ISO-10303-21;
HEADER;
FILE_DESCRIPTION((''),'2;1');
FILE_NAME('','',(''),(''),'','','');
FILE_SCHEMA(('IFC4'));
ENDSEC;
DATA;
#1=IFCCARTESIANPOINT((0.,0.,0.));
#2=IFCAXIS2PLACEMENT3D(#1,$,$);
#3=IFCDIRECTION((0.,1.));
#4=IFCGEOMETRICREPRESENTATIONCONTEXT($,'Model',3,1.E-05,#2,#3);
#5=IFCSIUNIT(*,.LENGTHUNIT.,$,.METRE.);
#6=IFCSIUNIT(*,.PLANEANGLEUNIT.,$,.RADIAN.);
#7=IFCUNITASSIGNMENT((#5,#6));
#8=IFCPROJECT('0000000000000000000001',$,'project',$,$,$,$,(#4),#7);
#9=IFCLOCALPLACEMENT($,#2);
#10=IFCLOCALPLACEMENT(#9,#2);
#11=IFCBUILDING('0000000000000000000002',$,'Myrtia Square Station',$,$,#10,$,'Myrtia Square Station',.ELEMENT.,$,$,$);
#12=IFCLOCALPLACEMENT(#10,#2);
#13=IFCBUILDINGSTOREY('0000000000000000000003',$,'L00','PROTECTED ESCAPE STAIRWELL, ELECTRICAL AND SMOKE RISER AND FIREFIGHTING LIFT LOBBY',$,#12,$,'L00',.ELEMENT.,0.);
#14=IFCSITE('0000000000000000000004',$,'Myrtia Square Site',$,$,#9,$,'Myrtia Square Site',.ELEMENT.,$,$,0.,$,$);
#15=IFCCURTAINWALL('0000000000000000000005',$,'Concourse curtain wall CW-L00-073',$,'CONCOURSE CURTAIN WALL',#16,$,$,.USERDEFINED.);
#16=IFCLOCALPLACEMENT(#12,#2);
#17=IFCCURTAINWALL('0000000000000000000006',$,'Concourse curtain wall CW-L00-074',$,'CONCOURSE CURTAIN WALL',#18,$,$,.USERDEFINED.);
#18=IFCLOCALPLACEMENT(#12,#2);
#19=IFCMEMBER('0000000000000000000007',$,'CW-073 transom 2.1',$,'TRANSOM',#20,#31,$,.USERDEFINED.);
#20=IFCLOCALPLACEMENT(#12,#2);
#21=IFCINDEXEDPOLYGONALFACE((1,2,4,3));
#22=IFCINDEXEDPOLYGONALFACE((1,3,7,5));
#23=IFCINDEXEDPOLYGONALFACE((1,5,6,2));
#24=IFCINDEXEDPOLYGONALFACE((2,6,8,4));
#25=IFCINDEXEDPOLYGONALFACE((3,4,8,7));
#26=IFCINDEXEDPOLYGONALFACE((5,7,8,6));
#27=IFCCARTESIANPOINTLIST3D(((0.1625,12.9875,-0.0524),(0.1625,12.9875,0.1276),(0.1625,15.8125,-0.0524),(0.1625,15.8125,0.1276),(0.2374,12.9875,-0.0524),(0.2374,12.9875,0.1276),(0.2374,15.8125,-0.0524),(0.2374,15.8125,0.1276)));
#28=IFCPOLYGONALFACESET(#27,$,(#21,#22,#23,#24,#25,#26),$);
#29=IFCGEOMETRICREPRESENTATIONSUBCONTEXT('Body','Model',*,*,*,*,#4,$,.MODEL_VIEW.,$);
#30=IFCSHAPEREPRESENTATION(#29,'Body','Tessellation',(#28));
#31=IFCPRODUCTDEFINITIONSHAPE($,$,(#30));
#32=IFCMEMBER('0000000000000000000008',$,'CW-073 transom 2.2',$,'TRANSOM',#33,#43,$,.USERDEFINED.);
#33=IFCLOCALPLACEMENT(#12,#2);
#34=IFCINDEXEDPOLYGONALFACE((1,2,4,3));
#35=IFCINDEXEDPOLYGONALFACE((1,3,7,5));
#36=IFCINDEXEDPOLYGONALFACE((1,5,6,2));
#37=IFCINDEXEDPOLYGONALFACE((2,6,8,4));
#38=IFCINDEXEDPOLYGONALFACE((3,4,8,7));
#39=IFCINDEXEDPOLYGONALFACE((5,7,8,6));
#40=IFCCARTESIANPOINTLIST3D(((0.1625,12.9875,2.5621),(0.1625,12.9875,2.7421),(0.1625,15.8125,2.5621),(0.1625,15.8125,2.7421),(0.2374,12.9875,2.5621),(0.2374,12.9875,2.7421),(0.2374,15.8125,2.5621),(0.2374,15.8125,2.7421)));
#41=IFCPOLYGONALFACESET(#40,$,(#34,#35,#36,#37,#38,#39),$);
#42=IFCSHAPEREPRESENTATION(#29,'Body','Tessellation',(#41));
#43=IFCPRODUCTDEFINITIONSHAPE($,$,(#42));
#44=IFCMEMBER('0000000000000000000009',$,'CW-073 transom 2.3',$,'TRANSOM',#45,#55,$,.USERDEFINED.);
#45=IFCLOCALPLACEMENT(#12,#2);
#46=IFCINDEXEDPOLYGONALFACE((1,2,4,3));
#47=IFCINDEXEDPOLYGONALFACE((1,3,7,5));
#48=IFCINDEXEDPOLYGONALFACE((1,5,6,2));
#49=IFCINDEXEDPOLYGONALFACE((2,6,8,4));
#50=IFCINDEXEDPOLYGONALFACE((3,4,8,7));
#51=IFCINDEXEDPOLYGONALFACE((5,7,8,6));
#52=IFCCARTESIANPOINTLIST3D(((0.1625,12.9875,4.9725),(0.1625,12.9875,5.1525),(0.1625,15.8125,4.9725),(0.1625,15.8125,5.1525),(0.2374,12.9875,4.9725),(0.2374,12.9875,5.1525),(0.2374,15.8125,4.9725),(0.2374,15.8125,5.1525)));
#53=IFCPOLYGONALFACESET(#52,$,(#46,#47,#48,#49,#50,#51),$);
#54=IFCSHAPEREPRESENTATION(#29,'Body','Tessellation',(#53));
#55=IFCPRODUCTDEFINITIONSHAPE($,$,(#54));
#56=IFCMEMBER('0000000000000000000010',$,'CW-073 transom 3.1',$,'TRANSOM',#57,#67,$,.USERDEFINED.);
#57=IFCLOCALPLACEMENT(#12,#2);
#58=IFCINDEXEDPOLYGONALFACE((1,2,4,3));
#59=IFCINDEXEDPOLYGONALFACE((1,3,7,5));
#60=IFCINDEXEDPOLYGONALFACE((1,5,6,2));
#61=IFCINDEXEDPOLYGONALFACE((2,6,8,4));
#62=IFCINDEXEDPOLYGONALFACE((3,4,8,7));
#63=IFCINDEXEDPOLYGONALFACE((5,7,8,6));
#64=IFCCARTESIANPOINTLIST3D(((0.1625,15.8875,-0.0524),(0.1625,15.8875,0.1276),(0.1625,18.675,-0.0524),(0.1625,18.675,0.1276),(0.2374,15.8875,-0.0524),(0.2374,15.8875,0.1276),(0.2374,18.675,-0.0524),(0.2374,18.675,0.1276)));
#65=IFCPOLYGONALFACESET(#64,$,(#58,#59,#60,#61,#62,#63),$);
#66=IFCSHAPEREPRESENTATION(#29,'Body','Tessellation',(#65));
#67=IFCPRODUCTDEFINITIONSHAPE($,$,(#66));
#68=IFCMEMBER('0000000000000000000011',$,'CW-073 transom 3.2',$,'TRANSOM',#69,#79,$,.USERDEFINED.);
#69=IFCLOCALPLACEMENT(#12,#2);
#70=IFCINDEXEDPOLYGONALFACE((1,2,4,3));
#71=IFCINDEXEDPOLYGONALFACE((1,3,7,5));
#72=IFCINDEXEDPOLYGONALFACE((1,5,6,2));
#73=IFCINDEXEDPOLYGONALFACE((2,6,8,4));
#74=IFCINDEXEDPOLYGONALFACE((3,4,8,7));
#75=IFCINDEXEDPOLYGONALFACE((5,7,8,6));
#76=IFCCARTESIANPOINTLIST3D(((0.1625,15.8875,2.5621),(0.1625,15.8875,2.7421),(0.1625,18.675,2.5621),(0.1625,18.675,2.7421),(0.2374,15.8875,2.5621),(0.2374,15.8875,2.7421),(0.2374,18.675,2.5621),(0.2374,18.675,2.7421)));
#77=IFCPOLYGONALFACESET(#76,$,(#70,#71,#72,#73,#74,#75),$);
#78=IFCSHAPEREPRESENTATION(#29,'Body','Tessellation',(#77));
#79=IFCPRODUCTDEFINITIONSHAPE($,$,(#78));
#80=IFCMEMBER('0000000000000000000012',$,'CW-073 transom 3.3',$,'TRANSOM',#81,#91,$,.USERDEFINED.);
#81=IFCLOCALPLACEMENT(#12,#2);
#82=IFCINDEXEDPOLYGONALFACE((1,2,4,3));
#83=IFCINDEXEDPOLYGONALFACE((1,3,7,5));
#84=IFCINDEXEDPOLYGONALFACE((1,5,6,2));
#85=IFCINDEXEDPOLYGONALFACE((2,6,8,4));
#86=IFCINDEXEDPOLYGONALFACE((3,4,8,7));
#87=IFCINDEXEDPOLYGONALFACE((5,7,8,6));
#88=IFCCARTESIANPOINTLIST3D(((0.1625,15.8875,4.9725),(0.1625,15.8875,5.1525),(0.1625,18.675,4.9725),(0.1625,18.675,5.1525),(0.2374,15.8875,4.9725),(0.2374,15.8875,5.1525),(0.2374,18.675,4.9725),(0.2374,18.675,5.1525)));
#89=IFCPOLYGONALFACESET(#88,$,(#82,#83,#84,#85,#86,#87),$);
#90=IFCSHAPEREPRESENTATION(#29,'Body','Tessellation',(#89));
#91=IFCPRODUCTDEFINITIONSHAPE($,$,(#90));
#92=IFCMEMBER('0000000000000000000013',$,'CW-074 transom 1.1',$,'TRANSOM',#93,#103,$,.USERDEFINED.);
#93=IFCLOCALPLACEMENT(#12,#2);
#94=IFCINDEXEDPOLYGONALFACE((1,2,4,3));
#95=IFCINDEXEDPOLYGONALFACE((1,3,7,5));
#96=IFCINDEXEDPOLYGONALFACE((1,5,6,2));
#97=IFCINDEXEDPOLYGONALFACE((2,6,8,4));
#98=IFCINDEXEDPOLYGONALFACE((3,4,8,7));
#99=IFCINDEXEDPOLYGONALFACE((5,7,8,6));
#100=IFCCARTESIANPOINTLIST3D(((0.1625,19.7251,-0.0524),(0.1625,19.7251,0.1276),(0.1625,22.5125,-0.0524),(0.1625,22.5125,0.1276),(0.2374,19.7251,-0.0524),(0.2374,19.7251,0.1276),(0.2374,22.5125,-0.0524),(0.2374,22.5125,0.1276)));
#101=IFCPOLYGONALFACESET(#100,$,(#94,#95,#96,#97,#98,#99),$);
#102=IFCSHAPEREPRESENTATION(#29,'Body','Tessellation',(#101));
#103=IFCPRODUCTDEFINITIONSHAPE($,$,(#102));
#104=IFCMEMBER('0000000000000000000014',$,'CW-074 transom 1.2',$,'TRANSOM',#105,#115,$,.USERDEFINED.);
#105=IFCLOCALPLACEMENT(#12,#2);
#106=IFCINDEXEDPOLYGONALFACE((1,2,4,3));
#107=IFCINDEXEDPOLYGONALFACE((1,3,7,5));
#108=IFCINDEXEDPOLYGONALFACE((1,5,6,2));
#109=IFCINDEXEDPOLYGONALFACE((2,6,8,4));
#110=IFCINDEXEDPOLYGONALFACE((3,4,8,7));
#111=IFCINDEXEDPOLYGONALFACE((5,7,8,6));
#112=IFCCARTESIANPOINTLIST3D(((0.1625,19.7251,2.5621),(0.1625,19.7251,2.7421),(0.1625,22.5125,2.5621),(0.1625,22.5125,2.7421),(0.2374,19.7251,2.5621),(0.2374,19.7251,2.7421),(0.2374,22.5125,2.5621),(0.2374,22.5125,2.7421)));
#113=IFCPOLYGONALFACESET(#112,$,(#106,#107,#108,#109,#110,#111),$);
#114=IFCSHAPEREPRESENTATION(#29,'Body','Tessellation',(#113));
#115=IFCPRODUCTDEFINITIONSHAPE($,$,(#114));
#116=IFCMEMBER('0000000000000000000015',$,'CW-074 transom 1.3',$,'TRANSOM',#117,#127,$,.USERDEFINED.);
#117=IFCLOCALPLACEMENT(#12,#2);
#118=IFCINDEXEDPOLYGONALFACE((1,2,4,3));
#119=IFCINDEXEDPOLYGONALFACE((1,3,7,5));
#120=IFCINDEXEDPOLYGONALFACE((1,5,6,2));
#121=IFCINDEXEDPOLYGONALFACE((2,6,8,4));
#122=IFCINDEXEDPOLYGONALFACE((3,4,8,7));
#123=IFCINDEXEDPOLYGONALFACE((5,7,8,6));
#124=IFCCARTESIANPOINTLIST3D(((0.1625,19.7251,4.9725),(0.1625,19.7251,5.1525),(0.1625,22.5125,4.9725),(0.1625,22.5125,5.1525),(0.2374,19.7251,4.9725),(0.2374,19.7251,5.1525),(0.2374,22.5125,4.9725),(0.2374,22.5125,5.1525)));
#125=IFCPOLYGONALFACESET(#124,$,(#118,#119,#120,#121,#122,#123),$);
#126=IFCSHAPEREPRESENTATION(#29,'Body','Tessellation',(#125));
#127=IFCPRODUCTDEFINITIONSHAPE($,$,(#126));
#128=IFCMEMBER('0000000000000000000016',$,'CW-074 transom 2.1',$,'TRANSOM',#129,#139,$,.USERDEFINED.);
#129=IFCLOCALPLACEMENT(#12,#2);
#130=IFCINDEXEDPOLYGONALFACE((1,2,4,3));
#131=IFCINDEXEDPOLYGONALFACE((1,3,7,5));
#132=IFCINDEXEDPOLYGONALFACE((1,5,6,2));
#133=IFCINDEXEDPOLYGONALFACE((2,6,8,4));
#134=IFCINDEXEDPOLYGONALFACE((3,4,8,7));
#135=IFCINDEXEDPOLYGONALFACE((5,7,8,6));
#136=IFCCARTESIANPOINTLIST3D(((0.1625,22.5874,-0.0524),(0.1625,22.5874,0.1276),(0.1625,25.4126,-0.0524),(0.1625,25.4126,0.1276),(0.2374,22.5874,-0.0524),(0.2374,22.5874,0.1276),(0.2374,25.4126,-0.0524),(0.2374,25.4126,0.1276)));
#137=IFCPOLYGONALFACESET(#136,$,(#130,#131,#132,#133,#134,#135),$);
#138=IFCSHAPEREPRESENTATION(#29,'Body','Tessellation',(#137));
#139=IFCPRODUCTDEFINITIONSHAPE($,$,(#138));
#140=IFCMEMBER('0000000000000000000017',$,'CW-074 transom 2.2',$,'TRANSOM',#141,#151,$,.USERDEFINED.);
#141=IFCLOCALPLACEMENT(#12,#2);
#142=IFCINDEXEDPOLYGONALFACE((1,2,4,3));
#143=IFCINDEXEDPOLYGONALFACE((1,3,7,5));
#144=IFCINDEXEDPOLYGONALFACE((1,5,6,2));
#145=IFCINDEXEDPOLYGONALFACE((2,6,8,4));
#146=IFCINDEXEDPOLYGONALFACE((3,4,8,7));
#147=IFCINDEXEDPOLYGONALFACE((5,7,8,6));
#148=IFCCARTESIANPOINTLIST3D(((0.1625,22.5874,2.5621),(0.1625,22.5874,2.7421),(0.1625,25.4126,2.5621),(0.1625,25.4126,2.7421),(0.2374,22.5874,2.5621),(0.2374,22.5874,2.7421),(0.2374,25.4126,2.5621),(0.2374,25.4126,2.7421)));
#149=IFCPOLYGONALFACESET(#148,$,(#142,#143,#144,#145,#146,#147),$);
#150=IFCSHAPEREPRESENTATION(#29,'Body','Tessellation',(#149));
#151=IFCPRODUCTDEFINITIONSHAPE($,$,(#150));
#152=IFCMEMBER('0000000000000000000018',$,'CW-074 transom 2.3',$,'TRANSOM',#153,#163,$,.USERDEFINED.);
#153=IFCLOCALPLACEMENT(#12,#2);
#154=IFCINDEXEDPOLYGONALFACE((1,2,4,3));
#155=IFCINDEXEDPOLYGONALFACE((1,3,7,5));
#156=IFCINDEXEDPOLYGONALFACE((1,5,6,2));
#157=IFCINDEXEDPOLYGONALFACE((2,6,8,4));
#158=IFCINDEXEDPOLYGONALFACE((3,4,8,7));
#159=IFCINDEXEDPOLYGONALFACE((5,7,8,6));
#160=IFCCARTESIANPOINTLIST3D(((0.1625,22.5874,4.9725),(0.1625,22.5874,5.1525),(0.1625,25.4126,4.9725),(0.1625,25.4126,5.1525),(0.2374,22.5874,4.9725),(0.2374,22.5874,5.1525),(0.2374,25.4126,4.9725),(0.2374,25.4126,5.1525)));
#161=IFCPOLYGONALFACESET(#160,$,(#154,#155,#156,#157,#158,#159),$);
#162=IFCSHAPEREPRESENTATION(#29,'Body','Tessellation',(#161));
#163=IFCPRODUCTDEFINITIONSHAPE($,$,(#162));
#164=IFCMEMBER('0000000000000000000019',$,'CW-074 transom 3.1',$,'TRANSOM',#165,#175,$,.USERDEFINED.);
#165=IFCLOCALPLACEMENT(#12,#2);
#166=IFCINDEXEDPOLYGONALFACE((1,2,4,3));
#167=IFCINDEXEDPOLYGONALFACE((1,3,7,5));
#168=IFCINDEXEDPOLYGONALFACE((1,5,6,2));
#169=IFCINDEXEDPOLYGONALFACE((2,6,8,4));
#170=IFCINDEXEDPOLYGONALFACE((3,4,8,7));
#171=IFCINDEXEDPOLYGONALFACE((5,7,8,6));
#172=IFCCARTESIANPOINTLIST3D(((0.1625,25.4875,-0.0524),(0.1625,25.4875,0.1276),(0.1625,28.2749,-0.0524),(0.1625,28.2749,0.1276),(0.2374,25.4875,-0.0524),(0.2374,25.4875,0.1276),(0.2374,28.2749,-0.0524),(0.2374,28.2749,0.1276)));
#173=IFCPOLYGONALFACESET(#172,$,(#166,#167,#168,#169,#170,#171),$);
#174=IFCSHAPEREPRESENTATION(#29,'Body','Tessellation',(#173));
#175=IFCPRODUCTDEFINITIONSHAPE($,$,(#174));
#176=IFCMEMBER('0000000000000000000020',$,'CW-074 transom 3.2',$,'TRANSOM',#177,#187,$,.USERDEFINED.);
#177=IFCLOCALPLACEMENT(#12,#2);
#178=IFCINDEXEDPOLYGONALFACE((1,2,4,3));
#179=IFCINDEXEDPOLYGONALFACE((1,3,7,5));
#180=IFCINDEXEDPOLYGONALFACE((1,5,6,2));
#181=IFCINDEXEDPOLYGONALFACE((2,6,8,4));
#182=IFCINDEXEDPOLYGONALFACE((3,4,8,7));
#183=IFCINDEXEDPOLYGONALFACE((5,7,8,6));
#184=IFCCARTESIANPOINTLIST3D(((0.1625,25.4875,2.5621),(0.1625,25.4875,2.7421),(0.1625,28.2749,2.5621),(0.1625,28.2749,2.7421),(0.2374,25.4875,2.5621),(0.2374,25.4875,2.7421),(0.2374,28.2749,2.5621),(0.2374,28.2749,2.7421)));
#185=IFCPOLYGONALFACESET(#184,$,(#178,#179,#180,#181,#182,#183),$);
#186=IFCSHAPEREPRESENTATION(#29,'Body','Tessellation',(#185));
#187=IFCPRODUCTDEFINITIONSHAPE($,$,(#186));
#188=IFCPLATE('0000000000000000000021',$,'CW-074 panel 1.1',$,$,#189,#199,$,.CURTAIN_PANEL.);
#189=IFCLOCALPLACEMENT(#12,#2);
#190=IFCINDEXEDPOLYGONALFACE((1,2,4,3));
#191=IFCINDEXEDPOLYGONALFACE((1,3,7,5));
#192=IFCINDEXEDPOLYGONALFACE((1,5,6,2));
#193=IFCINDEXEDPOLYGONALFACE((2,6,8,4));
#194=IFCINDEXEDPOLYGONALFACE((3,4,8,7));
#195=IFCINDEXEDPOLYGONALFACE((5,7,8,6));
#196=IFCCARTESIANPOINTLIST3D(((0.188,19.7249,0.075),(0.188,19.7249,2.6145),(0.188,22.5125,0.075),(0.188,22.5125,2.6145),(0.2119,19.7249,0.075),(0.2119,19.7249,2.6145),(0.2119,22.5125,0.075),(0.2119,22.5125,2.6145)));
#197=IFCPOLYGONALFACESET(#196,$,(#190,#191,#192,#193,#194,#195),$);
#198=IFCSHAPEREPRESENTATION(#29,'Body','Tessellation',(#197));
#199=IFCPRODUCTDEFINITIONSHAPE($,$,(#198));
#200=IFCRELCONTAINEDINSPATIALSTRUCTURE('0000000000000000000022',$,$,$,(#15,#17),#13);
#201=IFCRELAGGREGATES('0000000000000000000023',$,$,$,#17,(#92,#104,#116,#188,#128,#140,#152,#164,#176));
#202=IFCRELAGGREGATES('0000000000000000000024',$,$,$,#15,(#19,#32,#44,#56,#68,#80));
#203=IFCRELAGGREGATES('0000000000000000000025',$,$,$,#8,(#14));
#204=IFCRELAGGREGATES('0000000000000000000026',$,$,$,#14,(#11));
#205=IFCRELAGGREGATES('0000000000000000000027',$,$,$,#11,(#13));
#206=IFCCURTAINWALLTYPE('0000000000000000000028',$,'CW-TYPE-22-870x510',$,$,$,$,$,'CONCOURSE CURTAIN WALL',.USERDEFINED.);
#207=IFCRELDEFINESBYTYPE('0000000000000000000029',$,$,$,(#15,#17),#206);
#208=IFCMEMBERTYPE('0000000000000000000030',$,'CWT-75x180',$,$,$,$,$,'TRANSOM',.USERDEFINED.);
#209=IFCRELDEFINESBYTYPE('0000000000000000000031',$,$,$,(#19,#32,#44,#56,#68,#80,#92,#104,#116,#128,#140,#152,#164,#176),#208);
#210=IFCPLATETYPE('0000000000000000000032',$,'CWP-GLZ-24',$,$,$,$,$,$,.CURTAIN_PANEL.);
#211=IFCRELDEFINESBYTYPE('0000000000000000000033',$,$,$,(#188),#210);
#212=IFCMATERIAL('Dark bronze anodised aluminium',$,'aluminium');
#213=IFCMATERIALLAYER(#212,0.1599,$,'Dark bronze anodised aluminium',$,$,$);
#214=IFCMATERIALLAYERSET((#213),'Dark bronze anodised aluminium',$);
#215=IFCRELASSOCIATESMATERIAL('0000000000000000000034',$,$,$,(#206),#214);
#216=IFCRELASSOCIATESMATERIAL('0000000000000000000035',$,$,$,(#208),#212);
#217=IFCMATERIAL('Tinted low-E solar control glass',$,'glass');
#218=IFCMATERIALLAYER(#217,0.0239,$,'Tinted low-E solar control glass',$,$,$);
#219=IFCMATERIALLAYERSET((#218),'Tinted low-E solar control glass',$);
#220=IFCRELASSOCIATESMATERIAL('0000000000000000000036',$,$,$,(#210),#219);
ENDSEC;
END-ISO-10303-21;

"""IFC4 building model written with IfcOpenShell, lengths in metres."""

from ifc_helpers import new_model, si_unit, direction, frame, origin, origin_2d, place, context, subcontext, project, spatial, rectangle, extrude, material, layer, layer_set, material_profile, profile_set, type_object, element, aggregate, save


model = new_model("IFC4")

# Units and contexts
model_context = context("Model", 3, precision=1e-05, world=origin(), true_north=direction((0.0, 1.0)))
body_context = subcontext(model_context, "Body", "Model", "MODEL_VIEW")
ifc_project = project(units=[si_unit("LENGTHUNIT", "METRE"), si_unit("PLANEANGLEUNIT", "RADIAN")], contexts=[model_context])

# Site, building, storey
site_placement = place(None, origin())
site = spatial("IfcSite", under=ifc_project, at=site_placement, Name="Myrtia Square Site", LongName="Myrtia Square Site", CompositionType="ELEMENT", RefElevation=0.0)
building_placement = place(site_placement, origin())
building = spatial("IfcBuilding", under=site, at=building_placement, Name="Myrtia Square Station", LongName="Myrtia Square Station", CompositionType="ELEMENT")
storey_placement = place(building_placement, origin())
storey = spatial("IfcBuildingStorey", under=building, at=storey_placement, Name="L00", Description="PROTECTED ESCAPE STAIRWELL, ELECTRICAL AND SMOKE RISER AND FIREFIGHTING LIFT LOBBY", LongName="L00", CompositionType="ELEMENT", Elevation=0.0)

# Curtain walls
ifc_material_1 = material(Name="Dark bronze anodised aluminium", Category="aluminium")
ifc_layer_1 = layer(ifc_material_1, 0.1599, Name="Dark bronze anodised aluminium")
ifc_layer_set_1 = layer_set([ifc_layer_1], Name="Dark bronze anodised aluminium")
curtain_wall_type = type_object("IfcCurtainWallType", Name="CW-TYPE-22-870x510", ElementType="CONCOURSE CURTAIN WALL", PredefinedType="USERDEFINED", material=ifc_layer_set_1)
curtain_wall_1_placement = place(storey_placement, origin())
curtain_wall_1 = element("IfcCurtainWall", 1, at=curtain_wall_1_placement, inside=storey, type_object=curtain_wall_type, Name="Concourse curtain wall CW-L00-073", ObjectType="CONCOURSE CURTAIN WALL", PredefinedType="USERDEFINED")
curtain_wall_2_placement = place(storey_placement, origin())
curtain_wall_2 = element("IfcCurtainWall", 2, at=curtain_wall_2_placement, inside=storey, type_object=curtain_wall_type, Name="Concourse curtain wall CW-L00-074", ObjectType="CONCOURSE CURTAIN WALL", PredefinedType="USERDEFINED")

# Members
ifc_material_profile_1 = material_profile(ifc_material_1, rectangle(XDim=0.075, YDim=0.1799, at=origin_2d()), Name="ALU-T 75x180")
ifc_profile_set_1 = profile_set([ifc_material_profile_1], Name="Dark bronze anodised aluminium")
member_type_1 = type_object("IfcMemberType", Name="CWT-75x180", ElementType="TRANSOM", PredefinedType="USERDEFINED", material=ifc_profile_set_1)
member_1_placement = place(storey_placement, frame((0.2, 12.9875, 0.0376), z_axis=(0.0, 1.0, 0.0), x_axis=(-1.0, 0.0, 0.0)))
member_1 = element("IfcMember", 3, at=member_1_placement, type_object=member_type_1, Name="CW-073 transom 2.1", ObjectType="TRANSOM", PredefinedType="USERDEFINED", context=body_context, shape_type="SweptSolid", body=[
    extrude(rectangle(XDim=0.075, YDim=0.1799, at=origin_2d()), origin(), (0.0, 0.0, 1.0), 2.825),
])
member_2_placement = place(storey_placement, frame((0.2, 12.9875, 2.6521), z_axis=(0.0, 1.0, 0.0), x_axis=(-1.0, 0.0, 0.0)))
member_2 = element("IfcMember", 4, at=member_2_placement, type_object=member_type_1, Name="CW-073 transom 2.2", ObjectType="TRANSOM", PredefinedType="USERDEFINED", context=body_context, shape_type="SweptSolid", body=[
    extrude(rectangle(XDim=0.075, YDim=0.1799, at=origin_2d()), origin(), (0.0, 0.0, 1.0), 2.825),
])
member_3_placement = place(storey_placement, frame((0.2, 12.9875, 5.0625), z_axis=(0.0, 1.0, 0.0), x_axis=(-1.0, 0.0, 0.0)))
member_3 = element("IfcMember", 5, at=member_3_placement, type_object=member_type_1, Name="CW-073 transom 2.3", ObjectType="TRANSOM", PredefinedType="USERDEFINED", context=body_context, shape_type="SweptSolid", body=[
    extrude(rectangle(XDim=0.075, YDim=0.1799, at=origin_2d()), origin(), (0.0, 0.0, 1.0), 2.825),
])
member_4_placement = place(storey_placement, frame((0.2, 15.8875, 0.0376), z_axis=(0.0, 1.0, 0.0), x_axis=(-1.0, 0.0, 0.0)))
member_4 = element("IfcMember", 6, at=member_4_placement, type_object=member_type_1, Name="CW-073 transom 3.1", ObjectType="TRANSOM", PredefinedType="USERDEFINED", context=body_context, shape_type="SweptSolid", body=[
    extrude(rectangle(XDim=0.075, YDim=0.1799, at=origin_2d()), origin(), (0.0, 0.0, 1.0), 2.7876),
])
member_5_placement = place(storey_placement, frame((0.2, 15.8875, 2.6521), z_axis=(0.0, 1.0, 0.0), x_axis=(-1.0, 0.0, 0.0)))
member_5 = element("IfcMember", 7, at=member_5_placement, type_object=member_type_1, Name="CW-073 transom 3.2", ObjectType="TRANSOM", PredefinedType="USERDEFINED", context=body_context, shape_type="SweptSolid", body=[
    extrude(rectangle(XDim=0.075, YDim=0.1799, at=origin_2d()), origin(), (0.0, 0.0, 1.0), 2.7876),
])
member_6_placement = place(storey_placement, frame((0.2, 15.8875, 5.0625), z_axis=(0.0, 1.0, 0.0), x_axis=(-1.0, 0.0, 0.0)))
member_6 = element("IfcMember", 8, at=member_6_placement, type_object=member_type_1, Name="CW-073 transom 3.3", ObjectType="TRANSOM", PredefinedType="USERDEFINED", context=body_context, shape_type="SweptSolid", body=[
    extrude(rectangle(XDim=0.075, YDim=0.1799, at=origin_2d()), origin(), (0.0, 0.0, 1.0), 2.7876),
])
member_7_placement = place(storey_placement, frame((0.2, 19.7251, 0.0376), z_axis=(0.0, 1.0, 0.0), x_axis=(-1.0, 0.0, 0.0)))
member_7 = element("IfcMember", 9, at=member_7_placement, type_object=member_type_1, Name="CW-074 transom 1.1", ObjectType="TRANSOM", PredefinedType="USERDEFINED", context=body_context, shape_type="SweptSolid", body=[
    extrude(rectangle(XDim=0.075, YDim=0.1799, at=origin_2d()), origin(), (0.0, 0.0, 1.0), 2.7874),
])
member_8_placement = place(storey_placement, frame((0.2, 19.7251, 2.6521), z_axis=(0.0, 1.0, 0.0), x_axis=(-1.0, 0.0, 0.0)))
member_8 = element("IfcMember", 10, at=member_8_placement, type_object=member_type_1, Name="CW-074 transom 1.2", ObjectType="TRANSOM", PredefinedType="USERDEFINED", context=body_context, shape_type="SweptSolid", body=[
    extrude(rectangle(XDim=0.075, YDim=0.1799, at=origin_2d()), origin(), (0.0, 0.0, 1.0), 2.7874),
])
member_9_placement = place(storey_placement, frame((0.2, 19.7251, 5.0625), z_axis=(0.0, 1.0, 0.0), x_axis=(-1.0, 0.0, 0.0)))
member_9 = element("IfcMember", 11, at=member_9_placement, type_object=member_type_1, Name="CW-074 transom 1.3", ObjectType="TRANSOM", PredefinedType="USERDEFINED", context=body_context, shape_type="SweptSolid", body=[
    extrude(rectangle(XDim=0.075, YDim=0.1799, at=origin_2d()), origin(), (0.0, 0.0, 1.0), 2.7874),
])
member_10_placement = place(storey_placement, frame((0.2, 22.5874, 0.0376), z_axis=(0.0, 1.0, 0.0), x_axis=(-1.0, 0.0, 0.0)))
member_10 = element("IfcMember", 12, at=member_10_placement, type_object=member_type_1, Name="CW-074 transom 2.1", ObjectType="TRANSOM", PredefinedType="USERDEFINED", context=body_context, shape_type="SweptSolid", body=[
    extrude(rectangle(XDim=0.075, YDim=0.1799, at=origin_2d()), origin(), (0.0, 0.0, 1.0), 2.8252),
])
member_11_placement = place(storey_placement, frame((0.2, 22.5874, 2.6521), z_axis=(0.0, 1.0, 0.0), x_axis=(-1.0, 0.0, 0.0)))
member_11 = element("IfcMember", 13, at=member_11_placement, type_object=member_type_1, Name="CW-074 transom 2.2", ObjectType="TRANSOM", PredefinedType="USERDEFINED", context=body_context, shape_type="SweptSolid", body=[
    extrude(rectangle(XDim=0.075, YDim=0.1799, at=origin_2d()), origin(), (0.0, 0.0, 1.0), 2.8252),
])
member_12_placement = place(storey_placement, frame((0.2, 22.5874, 5.0625), z_axis=(0.0, 1.0, 0.0), x_axis=(-1.0, 0.0, 0.0)))
member_12 = element("IfcMember", 14, at=member_12_placement, type_object=member_type_1, Name="CW-074 transom 2.3", ObjectType="TRANSOM", PredefinedType="USERDEFINED", context=body_context, shape_type="SweptSolid", body=[
    extrude(rectangle(XDim=0.075, YDim=0.1799, at=origin_2d()), origin(), (0.0, 0.0, 1.0), 2.8252),
])
member_13_placement = place(storey_placement, frame((0.2, 25.4875, 0.0376), z_axis=(0.0, 1.0, 0.0), x_axis=(-1.0, 0.0, 0.0)))
member_13 = element("IfcMember", 15, at=member_13_placement, type_object=member_type_1, Name="CW-074 transom 3.1", ObjectType="TRANSOM", PredefinedType="USERDEFINED", context=body_context, shape_type="SweptSolid", body=[
    extrude(rectangle(XDim=0.075, YDim=0.1799, at=origin_2d()), origin(), (0.0, 0.0, 1.0), 2.7874),
])
member_14_placement = place(storey_placement, frame((0.2, 25.4875, 2.6521), z_axis=(0.0, 1.0, 0.0), x_axis=(-1.0, 0.0, 0.0)))
member_14 = element("IfcMember", 16, at=member_14_placement, type_object=member_type_1, Name="CW-074 transom 3.2", ObjectType="TRANSOM", PredefinedType="USERDEFINED", context=body_context, shape_type="SweptSolid", body=[
    extrude(rectangle(XDim=0.075, YDim=0.1799, at=origin_2d()), origin(), (0.0, 0.0, 1.0), 2.7874),
])

# Plate
ifc_material_2 = material(Name="Tinted low-E solar control glass", Category="glass")
ifc_layer_2 = layer(ifc_material_2, 0.0239, Name="Tinted low-E solar control glass")
ifc_layer_set_2 = layer_set([ifc_layer_2], Name="Tinted low-E solar control glass")
plate_type_1 = type_object("IfcPlateType", Name="CWP-GLZ-24", PredefinedType="CURTAIN_PANEL", material=ifc_layer_set_2)
plate_1_placement = place(storey_placement, frame((0.2, 21.1187, 0.075), z_axis=(0.0, 0.0, 1.0), x_axis=(0.0, 1.0, 0.0)))
plate_1 = element("IfcPlate", 17, at=plate_1_placement, type_object=plate_type_1, Name="CW-074 panel 1.1", PredefinedType="CURTAIN_PANEL", context=body_context, shape_type="SweptSolid", body=[
    extrude(rectangle(XDim=2.7876, YDim=0.0239, at=origin_2d()), origin(), (0.0, 0.0, 1.0), 2.5396),
])
aggregate(curtain_wall_2, [member_7, member_8, member_9, plate_1, member_10, member_11, member_12, member_13, member_14])
aggregate(curtain_wall_1, [member_1, member_2, member_3, member_4, member_5, member_6])

save(model, "model.ifc")
